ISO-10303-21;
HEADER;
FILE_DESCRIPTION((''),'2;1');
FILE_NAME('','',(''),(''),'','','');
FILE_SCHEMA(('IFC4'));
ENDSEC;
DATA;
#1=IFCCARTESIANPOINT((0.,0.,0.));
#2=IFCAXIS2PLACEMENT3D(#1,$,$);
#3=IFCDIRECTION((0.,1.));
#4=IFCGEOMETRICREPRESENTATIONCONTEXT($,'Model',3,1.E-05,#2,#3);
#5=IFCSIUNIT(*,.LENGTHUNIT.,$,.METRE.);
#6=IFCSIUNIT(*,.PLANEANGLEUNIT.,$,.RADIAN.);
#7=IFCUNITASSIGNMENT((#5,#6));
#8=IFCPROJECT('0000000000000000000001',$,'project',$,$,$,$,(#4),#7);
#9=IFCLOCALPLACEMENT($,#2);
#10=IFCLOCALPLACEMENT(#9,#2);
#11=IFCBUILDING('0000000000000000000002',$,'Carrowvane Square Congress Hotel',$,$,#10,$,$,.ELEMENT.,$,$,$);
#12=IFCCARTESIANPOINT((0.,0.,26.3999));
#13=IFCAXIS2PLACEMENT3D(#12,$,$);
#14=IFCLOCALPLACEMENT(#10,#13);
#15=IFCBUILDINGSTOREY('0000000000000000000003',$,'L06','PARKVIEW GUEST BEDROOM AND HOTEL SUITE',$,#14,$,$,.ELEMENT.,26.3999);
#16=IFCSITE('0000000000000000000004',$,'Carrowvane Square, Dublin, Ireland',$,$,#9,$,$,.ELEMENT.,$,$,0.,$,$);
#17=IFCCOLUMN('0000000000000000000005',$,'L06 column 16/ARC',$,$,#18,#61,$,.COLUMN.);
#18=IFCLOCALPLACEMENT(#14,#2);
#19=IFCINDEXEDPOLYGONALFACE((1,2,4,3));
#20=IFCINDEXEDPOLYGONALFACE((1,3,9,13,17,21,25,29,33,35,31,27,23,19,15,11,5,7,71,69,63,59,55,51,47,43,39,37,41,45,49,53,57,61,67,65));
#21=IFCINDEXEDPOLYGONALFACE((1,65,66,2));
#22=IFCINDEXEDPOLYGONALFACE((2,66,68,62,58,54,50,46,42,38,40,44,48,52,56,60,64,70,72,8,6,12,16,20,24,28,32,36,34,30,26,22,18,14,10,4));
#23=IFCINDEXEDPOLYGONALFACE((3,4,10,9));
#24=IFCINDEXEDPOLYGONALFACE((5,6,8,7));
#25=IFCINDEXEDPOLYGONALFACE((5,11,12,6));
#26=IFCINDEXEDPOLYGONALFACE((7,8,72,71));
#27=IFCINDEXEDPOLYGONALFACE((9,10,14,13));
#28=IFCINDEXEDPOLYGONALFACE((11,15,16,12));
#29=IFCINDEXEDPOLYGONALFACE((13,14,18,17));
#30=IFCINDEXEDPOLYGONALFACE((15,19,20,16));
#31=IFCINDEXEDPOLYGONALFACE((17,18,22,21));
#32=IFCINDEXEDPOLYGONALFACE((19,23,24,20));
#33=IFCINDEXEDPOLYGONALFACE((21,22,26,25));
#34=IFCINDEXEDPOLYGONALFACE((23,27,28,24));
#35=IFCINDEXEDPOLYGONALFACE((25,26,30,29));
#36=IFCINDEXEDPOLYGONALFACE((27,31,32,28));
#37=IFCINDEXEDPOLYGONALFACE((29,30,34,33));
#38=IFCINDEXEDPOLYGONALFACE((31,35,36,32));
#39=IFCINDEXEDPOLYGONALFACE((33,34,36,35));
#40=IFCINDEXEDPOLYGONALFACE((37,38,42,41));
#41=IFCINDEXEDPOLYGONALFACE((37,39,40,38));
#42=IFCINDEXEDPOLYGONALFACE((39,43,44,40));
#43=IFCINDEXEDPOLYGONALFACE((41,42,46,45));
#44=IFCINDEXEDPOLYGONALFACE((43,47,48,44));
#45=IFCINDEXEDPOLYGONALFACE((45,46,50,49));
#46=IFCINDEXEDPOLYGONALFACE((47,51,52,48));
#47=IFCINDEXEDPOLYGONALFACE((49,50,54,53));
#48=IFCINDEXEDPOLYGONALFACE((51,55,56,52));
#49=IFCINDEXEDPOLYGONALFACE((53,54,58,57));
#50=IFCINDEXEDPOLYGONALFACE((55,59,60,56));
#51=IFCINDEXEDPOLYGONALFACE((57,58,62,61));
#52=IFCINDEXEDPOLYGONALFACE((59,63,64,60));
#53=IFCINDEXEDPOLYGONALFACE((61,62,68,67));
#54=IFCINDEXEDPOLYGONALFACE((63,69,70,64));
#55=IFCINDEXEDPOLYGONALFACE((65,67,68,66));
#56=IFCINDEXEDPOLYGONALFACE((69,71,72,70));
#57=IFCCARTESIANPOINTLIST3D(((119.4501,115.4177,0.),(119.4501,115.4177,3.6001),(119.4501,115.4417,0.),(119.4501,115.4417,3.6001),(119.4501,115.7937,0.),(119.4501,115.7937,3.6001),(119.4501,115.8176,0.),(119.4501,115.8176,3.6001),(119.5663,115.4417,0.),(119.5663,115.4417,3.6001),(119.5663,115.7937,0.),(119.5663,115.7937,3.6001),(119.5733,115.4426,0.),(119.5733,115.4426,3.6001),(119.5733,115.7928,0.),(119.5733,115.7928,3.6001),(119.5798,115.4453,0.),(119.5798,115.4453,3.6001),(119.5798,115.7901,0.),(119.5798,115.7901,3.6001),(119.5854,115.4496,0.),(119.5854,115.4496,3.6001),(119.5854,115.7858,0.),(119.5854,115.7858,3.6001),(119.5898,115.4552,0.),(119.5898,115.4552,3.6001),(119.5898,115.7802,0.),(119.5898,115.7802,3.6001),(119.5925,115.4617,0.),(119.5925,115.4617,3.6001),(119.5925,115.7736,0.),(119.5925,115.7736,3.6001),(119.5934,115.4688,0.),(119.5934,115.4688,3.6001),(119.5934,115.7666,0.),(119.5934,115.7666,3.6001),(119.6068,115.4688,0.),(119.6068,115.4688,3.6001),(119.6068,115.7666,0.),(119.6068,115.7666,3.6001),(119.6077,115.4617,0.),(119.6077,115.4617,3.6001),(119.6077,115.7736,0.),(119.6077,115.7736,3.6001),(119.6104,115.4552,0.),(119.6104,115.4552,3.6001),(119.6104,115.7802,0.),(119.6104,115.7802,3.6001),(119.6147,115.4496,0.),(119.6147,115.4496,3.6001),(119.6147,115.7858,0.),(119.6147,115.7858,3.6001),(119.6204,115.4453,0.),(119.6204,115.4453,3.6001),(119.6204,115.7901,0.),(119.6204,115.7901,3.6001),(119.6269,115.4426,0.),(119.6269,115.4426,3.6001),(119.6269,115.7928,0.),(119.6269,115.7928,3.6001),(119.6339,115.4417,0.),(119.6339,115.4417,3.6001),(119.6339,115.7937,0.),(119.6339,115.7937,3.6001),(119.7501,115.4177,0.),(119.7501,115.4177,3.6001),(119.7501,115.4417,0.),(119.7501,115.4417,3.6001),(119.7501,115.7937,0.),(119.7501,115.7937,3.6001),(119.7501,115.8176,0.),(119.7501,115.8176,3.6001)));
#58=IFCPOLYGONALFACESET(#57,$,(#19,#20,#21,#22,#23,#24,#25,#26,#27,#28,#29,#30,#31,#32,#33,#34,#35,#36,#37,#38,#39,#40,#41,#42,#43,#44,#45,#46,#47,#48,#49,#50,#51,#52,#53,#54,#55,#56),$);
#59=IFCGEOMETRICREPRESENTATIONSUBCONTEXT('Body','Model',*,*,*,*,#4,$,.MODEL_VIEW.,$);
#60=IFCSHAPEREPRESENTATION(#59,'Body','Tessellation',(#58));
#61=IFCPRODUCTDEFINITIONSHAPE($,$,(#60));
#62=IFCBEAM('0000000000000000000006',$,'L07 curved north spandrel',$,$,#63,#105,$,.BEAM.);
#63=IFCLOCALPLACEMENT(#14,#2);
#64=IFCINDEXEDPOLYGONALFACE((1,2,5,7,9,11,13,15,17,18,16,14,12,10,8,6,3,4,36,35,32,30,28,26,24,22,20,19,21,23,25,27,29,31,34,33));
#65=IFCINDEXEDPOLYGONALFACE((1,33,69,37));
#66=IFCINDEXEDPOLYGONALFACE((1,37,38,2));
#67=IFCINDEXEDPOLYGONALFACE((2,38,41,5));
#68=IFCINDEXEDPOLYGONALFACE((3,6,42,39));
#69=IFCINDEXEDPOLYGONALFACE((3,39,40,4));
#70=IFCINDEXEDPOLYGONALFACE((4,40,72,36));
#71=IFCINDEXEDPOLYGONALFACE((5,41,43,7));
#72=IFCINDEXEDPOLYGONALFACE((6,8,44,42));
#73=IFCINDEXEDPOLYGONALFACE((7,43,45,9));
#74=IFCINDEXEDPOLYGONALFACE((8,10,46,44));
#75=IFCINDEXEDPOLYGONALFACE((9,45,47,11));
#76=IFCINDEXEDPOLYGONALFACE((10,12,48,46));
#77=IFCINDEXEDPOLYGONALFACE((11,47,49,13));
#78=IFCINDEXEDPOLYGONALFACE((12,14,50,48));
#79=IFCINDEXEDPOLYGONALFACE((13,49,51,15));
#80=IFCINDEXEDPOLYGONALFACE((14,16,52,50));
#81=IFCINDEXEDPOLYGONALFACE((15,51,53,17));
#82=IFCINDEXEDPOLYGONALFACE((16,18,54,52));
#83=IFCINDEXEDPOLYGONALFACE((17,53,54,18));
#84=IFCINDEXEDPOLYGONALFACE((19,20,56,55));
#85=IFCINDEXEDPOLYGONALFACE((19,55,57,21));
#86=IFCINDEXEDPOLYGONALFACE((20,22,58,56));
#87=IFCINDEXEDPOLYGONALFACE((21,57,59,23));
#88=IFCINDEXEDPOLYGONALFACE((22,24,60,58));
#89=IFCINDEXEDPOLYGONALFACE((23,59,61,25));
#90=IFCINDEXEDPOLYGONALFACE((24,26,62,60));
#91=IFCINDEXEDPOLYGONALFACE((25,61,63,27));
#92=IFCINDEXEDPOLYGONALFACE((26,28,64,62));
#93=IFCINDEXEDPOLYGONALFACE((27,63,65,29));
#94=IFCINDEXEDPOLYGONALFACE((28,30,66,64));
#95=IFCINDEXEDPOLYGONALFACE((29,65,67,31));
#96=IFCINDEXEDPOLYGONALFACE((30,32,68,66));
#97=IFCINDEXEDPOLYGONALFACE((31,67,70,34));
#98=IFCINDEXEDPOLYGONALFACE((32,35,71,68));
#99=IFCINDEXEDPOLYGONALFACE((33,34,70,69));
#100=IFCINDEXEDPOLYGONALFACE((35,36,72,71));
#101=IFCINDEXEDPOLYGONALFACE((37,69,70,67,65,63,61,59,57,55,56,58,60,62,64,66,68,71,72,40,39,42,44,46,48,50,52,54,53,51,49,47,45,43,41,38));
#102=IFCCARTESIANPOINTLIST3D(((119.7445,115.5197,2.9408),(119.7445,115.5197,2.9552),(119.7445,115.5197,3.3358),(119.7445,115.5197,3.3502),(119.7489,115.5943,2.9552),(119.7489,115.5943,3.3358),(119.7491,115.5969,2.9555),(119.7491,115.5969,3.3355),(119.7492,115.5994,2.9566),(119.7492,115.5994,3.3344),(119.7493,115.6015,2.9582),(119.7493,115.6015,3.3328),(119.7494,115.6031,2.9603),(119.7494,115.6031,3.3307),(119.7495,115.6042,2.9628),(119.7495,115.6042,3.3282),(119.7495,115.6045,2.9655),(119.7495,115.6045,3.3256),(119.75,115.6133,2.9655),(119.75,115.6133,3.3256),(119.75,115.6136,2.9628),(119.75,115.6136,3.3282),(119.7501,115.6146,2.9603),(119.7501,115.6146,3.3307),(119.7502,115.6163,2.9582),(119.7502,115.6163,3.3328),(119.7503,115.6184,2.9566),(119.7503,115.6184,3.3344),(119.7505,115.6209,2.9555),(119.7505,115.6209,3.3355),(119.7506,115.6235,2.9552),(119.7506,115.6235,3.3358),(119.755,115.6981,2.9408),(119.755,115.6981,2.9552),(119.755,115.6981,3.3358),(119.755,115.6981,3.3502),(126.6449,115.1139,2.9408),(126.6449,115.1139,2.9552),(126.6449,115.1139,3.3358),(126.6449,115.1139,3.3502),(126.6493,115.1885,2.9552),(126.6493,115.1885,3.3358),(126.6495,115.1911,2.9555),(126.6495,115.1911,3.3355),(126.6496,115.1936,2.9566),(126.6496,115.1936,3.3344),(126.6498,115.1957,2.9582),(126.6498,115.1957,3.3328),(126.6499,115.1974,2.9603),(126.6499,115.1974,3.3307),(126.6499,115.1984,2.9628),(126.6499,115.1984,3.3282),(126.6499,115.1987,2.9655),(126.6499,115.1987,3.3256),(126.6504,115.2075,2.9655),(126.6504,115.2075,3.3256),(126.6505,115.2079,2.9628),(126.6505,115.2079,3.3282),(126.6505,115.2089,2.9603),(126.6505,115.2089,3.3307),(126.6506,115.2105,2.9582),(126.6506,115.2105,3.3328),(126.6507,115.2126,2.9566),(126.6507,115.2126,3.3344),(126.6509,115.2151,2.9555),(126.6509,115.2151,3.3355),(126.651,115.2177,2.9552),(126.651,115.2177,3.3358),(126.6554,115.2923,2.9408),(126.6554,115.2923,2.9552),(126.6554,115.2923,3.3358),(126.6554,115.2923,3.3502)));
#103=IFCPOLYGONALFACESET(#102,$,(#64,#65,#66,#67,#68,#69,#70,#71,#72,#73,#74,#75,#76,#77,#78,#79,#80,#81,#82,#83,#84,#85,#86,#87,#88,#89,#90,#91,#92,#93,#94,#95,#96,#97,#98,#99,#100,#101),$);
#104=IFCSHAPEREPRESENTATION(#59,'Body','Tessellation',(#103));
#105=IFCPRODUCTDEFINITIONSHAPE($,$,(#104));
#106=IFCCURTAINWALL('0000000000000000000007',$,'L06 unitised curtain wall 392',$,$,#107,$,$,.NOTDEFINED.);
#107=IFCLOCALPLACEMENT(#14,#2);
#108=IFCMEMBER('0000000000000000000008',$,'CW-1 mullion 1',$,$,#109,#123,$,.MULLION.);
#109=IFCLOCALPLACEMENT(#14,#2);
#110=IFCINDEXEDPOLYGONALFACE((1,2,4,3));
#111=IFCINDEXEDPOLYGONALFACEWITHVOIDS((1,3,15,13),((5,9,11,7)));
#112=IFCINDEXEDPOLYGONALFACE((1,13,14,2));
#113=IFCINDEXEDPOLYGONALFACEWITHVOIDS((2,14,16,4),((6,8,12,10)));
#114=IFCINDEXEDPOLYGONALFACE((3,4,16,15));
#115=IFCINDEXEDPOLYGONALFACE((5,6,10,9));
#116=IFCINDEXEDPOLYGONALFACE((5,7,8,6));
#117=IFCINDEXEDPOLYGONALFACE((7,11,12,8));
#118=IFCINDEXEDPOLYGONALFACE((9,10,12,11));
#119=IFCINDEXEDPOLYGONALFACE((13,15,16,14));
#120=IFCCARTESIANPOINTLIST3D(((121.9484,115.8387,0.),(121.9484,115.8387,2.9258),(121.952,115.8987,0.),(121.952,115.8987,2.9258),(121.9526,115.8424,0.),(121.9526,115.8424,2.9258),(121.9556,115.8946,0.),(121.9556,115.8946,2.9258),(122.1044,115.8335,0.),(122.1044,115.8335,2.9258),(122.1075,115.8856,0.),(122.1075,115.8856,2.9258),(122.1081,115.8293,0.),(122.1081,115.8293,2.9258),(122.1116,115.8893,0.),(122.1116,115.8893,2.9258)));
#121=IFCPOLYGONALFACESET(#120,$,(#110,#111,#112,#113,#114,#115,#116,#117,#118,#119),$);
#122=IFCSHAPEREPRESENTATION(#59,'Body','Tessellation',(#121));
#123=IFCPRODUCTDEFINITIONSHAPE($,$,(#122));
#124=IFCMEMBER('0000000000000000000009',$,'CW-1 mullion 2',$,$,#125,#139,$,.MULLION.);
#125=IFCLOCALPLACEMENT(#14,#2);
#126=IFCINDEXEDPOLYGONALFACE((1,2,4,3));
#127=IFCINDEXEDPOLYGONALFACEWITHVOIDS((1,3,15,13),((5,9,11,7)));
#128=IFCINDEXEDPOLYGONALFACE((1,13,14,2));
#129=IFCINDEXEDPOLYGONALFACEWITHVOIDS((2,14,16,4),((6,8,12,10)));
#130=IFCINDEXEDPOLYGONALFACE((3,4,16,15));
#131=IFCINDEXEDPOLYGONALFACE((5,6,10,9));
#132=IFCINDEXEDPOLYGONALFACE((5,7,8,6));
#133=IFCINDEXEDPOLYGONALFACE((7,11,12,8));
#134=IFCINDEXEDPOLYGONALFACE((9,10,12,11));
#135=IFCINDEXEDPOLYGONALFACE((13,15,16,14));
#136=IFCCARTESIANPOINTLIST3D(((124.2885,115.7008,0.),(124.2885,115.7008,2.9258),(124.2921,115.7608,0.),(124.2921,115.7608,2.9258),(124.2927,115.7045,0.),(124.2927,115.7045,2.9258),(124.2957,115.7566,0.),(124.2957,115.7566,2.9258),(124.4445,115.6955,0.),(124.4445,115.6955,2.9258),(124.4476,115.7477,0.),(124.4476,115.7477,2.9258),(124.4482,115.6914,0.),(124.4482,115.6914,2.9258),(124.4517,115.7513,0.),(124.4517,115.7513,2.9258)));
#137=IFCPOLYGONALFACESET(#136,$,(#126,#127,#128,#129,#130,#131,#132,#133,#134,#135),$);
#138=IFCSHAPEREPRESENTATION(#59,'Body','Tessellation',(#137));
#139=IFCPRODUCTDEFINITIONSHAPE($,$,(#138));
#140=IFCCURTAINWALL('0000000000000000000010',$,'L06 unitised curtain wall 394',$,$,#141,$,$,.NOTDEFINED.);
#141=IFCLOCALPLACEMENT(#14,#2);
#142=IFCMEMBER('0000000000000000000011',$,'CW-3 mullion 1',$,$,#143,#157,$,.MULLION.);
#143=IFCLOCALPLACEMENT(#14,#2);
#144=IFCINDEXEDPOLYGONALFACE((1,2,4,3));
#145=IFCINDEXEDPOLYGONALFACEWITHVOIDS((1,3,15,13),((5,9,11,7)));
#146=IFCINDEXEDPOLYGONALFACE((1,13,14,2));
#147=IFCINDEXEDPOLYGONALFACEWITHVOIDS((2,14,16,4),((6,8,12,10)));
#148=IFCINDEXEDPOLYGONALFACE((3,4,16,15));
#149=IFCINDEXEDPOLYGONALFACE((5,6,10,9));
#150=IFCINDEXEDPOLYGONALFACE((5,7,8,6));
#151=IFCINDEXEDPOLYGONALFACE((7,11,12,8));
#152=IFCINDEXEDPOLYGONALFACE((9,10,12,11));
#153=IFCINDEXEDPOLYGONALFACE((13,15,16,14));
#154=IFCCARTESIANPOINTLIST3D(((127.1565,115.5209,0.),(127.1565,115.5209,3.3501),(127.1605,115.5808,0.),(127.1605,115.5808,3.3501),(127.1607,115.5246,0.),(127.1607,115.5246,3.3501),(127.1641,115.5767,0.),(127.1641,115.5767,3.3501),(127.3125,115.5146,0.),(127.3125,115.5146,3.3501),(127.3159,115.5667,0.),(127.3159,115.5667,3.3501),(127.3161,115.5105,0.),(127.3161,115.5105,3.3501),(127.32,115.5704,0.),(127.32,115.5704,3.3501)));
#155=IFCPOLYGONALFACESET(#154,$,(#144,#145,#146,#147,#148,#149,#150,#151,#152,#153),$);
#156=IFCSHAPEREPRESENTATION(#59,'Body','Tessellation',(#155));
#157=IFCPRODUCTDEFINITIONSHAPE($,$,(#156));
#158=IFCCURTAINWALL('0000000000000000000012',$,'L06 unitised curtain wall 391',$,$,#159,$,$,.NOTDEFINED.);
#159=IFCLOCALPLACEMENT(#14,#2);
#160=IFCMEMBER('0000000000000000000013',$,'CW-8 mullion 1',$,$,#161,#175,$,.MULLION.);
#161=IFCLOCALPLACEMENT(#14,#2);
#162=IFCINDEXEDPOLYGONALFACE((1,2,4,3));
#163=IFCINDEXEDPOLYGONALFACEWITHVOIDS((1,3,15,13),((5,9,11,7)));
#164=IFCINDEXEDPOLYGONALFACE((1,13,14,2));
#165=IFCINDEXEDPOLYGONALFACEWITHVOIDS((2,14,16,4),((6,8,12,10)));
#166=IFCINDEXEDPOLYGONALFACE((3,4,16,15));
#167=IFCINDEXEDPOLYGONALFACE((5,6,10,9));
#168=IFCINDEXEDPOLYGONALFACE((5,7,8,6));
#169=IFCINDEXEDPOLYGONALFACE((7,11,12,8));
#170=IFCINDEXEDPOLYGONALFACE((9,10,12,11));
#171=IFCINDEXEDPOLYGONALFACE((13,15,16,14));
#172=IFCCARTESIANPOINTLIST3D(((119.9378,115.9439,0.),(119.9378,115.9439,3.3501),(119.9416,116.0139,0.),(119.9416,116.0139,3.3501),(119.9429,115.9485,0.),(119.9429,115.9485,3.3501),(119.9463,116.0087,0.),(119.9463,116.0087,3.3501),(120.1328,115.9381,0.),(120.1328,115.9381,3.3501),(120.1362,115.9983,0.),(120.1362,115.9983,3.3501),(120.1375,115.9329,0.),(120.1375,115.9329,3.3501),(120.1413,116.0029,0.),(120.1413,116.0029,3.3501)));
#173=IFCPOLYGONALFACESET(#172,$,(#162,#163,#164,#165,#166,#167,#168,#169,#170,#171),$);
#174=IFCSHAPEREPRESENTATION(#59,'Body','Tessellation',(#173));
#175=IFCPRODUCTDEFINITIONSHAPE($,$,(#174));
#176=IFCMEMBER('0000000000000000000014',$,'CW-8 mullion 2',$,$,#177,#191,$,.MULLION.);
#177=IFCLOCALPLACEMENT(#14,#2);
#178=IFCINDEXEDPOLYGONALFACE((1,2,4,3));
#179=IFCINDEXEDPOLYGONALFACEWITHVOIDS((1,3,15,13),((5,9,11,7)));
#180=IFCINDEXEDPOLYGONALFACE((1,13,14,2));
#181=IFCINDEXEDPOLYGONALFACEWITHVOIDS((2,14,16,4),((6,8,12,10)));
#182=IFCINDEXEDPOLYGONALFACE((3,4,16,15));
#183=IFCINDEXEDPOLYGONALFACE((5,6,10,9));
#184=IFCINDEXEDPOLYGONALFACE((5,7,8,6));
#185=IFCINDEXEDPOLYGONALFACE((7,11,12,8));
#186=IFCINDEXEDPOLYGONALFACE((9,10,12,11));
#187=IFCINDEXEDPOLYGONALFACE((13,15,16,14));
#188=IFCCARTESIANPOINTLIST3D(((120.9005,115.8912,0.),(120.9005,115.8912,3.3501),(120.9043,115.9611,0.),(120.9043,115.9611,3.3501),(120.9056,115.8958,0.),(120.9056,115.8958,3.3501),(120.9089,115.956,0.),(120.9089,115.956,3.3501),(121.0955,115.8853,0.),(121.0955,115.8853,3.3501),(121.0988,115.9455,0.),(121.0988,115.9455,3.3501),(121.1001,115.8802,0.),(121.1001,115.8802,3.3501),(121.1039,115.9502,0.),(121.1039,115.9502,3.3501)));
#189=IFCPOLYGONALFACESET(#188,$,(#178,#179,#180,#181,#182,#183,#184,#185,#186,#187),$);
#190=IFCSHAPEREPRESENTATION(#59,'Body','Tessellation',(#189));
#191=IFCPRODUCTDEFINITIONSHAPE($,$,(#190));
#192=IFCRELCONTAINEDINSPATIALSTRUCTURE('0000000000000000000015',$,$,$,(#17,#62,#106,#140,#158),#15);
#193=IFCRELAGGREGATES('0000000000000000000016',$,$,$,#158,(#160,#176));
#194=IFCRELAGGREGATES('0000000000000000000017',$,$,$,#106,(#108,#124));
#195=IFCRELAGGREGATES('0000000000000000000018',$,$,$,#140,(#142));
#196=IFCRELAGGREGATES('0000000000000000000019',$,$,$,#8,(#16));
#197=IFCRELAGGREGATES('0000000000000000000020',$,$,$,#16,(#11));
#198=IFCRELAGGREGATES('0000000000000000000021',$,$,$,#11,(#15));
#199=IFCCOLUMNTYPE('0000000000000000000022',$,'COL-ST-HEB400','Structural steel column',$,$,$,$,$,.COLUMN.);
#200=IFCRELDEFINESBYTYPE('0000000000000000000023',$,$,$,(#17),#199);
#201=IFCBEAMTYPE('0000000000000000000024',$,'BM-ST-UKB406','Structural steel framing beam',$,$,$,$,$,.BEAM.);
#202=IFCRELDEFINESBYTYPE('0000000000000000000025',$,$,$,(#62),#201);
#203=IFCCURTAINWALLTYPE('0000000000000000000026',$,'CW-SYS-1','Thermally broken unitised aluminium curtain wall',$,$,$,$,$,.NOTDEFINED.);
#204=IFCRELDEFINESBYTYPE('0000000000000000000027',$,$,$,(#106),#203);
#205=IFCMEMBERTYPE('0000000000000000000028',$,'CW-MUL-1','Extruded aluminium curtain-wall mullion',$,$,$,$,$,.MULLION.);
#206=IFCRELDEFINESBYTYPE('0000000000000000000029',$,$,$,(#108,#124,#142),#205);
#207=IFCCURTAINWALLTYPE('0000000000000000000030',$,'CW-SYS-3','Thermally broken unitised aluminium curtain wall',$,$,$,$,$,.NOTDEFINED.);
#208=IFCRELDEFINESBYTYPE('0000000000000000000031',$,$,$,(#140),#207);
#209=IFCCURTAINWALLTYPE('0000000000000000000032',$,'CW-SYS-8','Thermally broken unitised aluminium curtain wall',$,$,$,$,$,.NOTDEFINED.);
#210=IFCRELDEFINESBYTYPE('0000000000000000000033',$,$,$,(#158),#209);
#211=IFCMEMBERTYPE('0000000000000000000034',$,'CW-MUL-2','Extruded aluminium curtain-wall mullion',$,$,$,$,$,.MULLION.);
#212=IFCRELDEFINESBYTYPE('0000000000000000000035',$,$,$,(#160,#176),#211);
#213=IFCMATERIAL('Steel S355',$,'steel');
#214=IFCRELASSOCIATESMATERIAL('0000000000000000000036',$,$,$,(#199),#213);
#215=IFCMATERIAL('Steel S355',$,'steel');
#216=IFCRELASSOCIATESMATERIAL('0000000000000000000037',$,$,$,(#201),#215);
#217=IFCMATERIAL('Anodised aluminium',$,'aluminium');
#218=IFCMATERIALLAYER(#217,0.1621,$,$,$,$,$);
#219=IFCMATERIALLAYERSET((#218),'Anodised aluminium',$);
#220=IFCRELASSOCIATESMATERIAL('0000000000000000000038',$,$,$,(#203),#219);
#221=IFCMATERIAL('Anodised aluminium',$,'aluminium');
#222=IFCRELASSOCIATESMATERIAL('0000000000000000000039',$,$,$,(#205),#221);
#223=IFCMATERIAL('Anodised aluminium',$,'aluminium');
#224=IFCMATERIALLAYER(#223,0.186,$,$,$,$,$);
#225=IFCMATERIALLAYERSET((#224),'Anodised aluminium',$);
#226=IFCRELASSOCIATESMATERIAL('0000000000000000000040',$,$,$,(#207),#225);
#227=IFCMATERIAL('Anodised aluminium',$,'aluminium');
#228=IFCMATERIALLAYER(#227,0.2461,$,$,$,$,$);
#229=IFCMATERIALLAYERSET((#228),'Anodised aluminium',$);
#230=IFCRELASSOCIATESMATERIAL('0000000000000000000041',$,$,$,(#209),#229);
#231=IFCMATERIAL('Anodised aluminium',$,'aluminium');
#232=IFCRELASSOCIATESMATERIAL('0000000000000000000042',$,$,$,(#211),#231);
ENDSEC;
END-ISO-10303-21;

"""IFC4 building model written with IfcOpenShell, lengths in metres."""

from ifc_helpers import new_model, si_unit, direction, frame, origin, origin_2d, place, context, subcontext, project, spatial, hollow_rectangle, i_section, extrude, material, layer, layer_set, material_profile, profile_set, type_object, element, aggregate, save


model = new_model("IFC4")

# Units and contexts
model_context = context("Model", 3, precision=1e-05, world=origin(), true_north=direction((0.0, 1.0)))
body_context = subcontext(model_context, "Body", "Model", "MODEL_VIEW")
ifc_project = project(units=[si_unit("LENGTHUNIT", "METRE"), si_unit("PLANEANGLEUNIT", "RADIAN")], contexts=[model_context])

# Site, building, storey
site_placement = place(None, origin())
site = spatial("IfcSite", under=ifc_project, at=site_placement, Name="Carrowvane Square, Dublin, Ireland", CompositionType="ELEMENT", RefElevation=0.0)
building_placement = place(site_placement, origin())
building = spatial("IfcBuilding", under=site, at=building_placement, Name="Carrowvane Square Congress Hotel", CompositionType="ELEMENT")
storey_placement = place(building_placement, frame((0.0, 0.0, 26.3999)))
storey = spatial("IfcBuildingStorey", under=building, at=storey_placement, Name="L06", Description="PARKVIEW GUEST BEDROOM AND HOTEL SUITE", CompositionType="ELEMENT", Elevation=26.3999)

# Column
ifc_material_1 = material(Name="Steel S355", Category="steel")
ifc_material_profile_1 = material_profile(ifc_material_1, i_section(OverallWidth=0.3, OverallDepth=0.3999, WebThickness=0.0134, FlangeThickness=0.0239, FilletRadius=0.0271, at=origin_2d()), Name="HEB 400")
ifc_profile_set_1 = profile_set([ifc_material_profile_1], Name="Steel S355")
column_type = type_object("IfcColumnType", Name="COL-ST-HEB400", Description="Structural steel column", PredefinedType="COLUMN", material=ifc_profile_set_1)
column_placement = place(storey_placement, frame((119.6001, 115.6177, 0.0), z_axis=(0.0, 0.0, 1.0), x_axis=(1.0, 0.0, 0.0)))
element("IfcColumn", 1, at=column_placement, inside=storey, type_object=column_type, Name="L06 column 16/ARC", PredefinedType="COLUMN", context=body_context, shape_type="SweptSolid", body=[
    extrude(i_section(OverallWidth=0.3, OverallDepth=0.3999, WebThickness=0.0134, FlangeThickness=0.0239, FilletRadius=0.0271, at=origin_2d()), origin(), (0.0, 0.0, 1.0), 3.6001),
])

# Beam
ifc_material_2 = material(Name="Steel S355", Category="steel")
ifc_material_profile_2 = material_profile(ifc_material_2, i_section(OverallWidth=0.1787, OverallDepth=0.4094, WebThickness=0.0088, FlangeThickness=0.0144, FilletRadius=0.0103, at=origin_2d()), Name="UKB 406x178x67")
ifc_profile_set_2 = profile_set([ifc_material_profile_2], Name="Steel S355")
beam_type = type_object("IfcBeamType", Name="BM-ST-UKB406", Description="Structural steel framing beam", PredefinedType="BEAM", material=ifc_profile_set_2)
beam_placement = place(storey_placement, frame((119.7498, 115.6089, 3.1455), z_axis=(0.998276, -0.058701, 0.0), x_axis=(0.058701, 0.998276, 0.0)))
element("IfcBeam", 2, at=beam_placement, inside=storey, type_object=beam_type, Name="L07 curved north spandrel", PredefinedType="BEAM", context=body_context, shape_type="SweptSolid", body=[
    extrude(i_section(OverallWidth=0.1787, OverallDepth=0.4094, WebThickness=0.0088, FlangeThickness=0.0144, FilletRadius=0.0103, at=origin_2d()), origin(), (0.0, 0.0, 1.0), 6.9124),
])

# Curtain wall, members
ifc_material_3 = material(Name="Anodised aluminium", Category="aluminium")
ifc_layer_1 = layer(ifc_material_3, 0.1621)
ifc_layer_set_1 = layer_set([ifc_layer_1], Name="Anodised aluminium")
curtain_wall_type_1 = type_object("IfcCurtainWallType", Name="CW-SYS-1", Description="Thermally broken unitised aluminium curtain wall", PredefinedType="NOTDEFINED", material=ifc_layer_set_1)
curtain_wall_1_placement = place(storey_placement, origin())
curtain_wall_1 = element("IfcCurtainWall", 3, at=curtain_wall_1_placement, inside=storey, type_object=curtain_wall_type_1, Name="L06 unitised curtain wall 392", PredefinedType="NOTDEFINED")
ifc_material_4 = material(Name="Anodised aluminium", Category="aluminium")
ifc_material_profile_3 = material_profile(ifc_material_4, hollow_rectangle(XDim=0.0601, YDim=0.1599, WallThickness=0.0039, at=origin_2d()), Name="CW-ML 60x160x4")
ifc_profile_set_3 = profile_set([ifc_material_profile_3], Name="Anodised aluminium")
member_type_1 = type_object("IfcMemberType", Name="CW-MUL-1", Description="Extruded aluminium curtain-wall mullion", PredefinedType="MULLION", material=ifc_profile_set_3)
member_1_placement = place(storey_placement, frame((122.03, 115.864, 0.0), z_axis=(0.0, 0.0, 1.0), x_axis=(0.058851, 0.998267, 0.0)))
member_1 = element("IfcMember", 4, at=member_1_placement, type_object=member_type_1, Name="CW-1 mullion 1", PredefinedType="MULLION", context=body_context, shape_type="SweptSolid", body=[
    extrude(hollow_rectangle(XDim=0.0601, YDim=0.1599, WallThickness=0.0039, at=origin_2d()), origin(), (0.0, 0.0, 1.0), 2.9258),
])
member_2_placement = place(storey_placement, frame((124.3701, 115.7261, 0.0), z_axis=(0.0, 0.0, 1.0), x_axis=(0.058851, 0.998267, 0.0)))
member_2 = element("IfcMember", 5, at=member_2_placement, type_object=member_type_1, Name="CW-1 mullion 2", PredefinedType="MULLION", context=body_context, shape_type="SweptSolid", body=[
    extrude(hollow_rectangle(XDim=0.0601, YDim=0.1599, WallThickness=0.0039, at=origin_2d()), origin(), (0.0, 0.0, 1.0), 2.9258),
])

# Curtain wall, member
ifc_material_5 = material(Name="Anodised aluminium", Category="aluminium")
ifc_layer_2 = layer(ifc_material_5, 0.186)
ifc_layer_set_2 = layer_set([ifc_layer_2], Name="Anodised aluminium")
curtain_wall_type_2 = type_object("IfcCurtainWallType", Name="CW-SYS-3", Description="Thermally broken unitised aluminium curtain wall", PredefinedType="NOTDEFINED", material=ifc_layer_set_2)
curtain_wall_2_placement = place(storey_placement, origin())
curtain_wall_2 = element("IfcCurtainWall", 6, at=curtain_wall_2_placement, inside=storey, type_object=curtain_wall_type_2, Name="L06 unitised curtain wall 394", PredefinedType="NOTDEFINED")
member_3_placement = place(storey_placement, frame((127.2383, 115.5457, 0.0), z_axis=(0.0, 0.0, 1.0), x_axis=(0.065414, 0.997858, 0.0)))
member_3 = element("IfcMember", 7, at=member_3_placement, type_object=member_type_1, Name="CW-3 mullion 1", PredefinedType="MULLION", context=body_context, shape_type="SweptSolid", body=[
    extrude(hollow_rectangle(XDim=0.0601, YDim=0.1599, WallThickness=0.0039, at=origin_2d()), origin(), (0.0, 0.0, 1.0), 3.3501),
])

# Curtain wall, members
ifc_material_6 = material(Name="Anodised aluminium", Category="aluminium")
ifc_layer_3 = layer(ifc_material_6, 0.2461)
ifc_layer_set_3 = layer_set([ifc_layer_3], Name="Anodised aluminium")
curtain_wall_type_3 = type_object("IfcCurtainWallType", Name="CW-SYS-8", Description="Thermally broken unitised aluminium curtain wall", PredefinedType="NOTDEFINED", material=ifc_layer_set_3)
curtain_wall_3_placement = place(storey_placement, origin())
curtain_wall_3 = element("IfcCurtainWall", 8, at=curtain_wall_3_placement, inside=storey, type_object=curtain_wall_type_3, Name="L06 unitised curtain wall 391", PredefinedType="NOTDEFINED")
ifc_material_7 = material(Name="Anodised aluminium", Category="aluminium")
ifc_material_profile_4 = material_profile(ifc_material_7, hollow_rectangle(XDim=0.0701, YDim=0.2, WallThickness=0.0049, at=origin_2d()), Name="CW-ML 70x200x5")
ifc_profile_set_4 = profile_set([ifc_material_profile_4], Name="Anodised aluminium")
member_type_2 = type_object("IfcMemberType", Name="CW-MUL-2", Description="Extruded aluminium curtain-wall mullion", PredefinedType="MULLION", material=ifc_profile_set_4)
member_4_placement = place(storey_placement, frame((120.0396, 115.9734, 0.0), z_axis=(0.0, 0.0, 1.0), x_axis=(0.054816, 0.998496, 0.0)))
member_4 = element("IfcMember", 9, at=member_4_placement, type_object=member_type_2, Name="CW-8 mullion 1", PredefinedType="MULLION", context=body_context, shape_type="SweptSolid", body=[
    extrude(hollow_rectangle(XDim=0.0701, YDim=0.2, WallThickness=0.0049, at=origin_2d()), origin(), (0.0, 0.0, 1.0), 3.3501),
])
member_5_placement = place(storey_placement, frame((121.0022, 115.9207, 0.0), z_axis=(0.0, 0.0, 1.0), x_axis=(0.054816, 0.998496, 0.0)))
member_5 = element("IfcMember", 10, at=member_5_placement, type_object=member_type_2, Name="CW-8 mullion 2", PredefinedType="MULLION", context=body_context, shape_type="SweptSolid", body=[
    extrude(hollow_rectangle(XDim=0.0701, YDim=0.2, WallThickness=0.0049, at=origin_2d()), origin(), (0.0, 0.0, 1.0), 3.3501),
])

aggregate(curtain_wall_3, [member_4, member_5])
aggregate(curtain_wall_1, [member_1, member_2])
aggregate(curtain_wall_2, [member_3])

save(model, "model.ifc")
